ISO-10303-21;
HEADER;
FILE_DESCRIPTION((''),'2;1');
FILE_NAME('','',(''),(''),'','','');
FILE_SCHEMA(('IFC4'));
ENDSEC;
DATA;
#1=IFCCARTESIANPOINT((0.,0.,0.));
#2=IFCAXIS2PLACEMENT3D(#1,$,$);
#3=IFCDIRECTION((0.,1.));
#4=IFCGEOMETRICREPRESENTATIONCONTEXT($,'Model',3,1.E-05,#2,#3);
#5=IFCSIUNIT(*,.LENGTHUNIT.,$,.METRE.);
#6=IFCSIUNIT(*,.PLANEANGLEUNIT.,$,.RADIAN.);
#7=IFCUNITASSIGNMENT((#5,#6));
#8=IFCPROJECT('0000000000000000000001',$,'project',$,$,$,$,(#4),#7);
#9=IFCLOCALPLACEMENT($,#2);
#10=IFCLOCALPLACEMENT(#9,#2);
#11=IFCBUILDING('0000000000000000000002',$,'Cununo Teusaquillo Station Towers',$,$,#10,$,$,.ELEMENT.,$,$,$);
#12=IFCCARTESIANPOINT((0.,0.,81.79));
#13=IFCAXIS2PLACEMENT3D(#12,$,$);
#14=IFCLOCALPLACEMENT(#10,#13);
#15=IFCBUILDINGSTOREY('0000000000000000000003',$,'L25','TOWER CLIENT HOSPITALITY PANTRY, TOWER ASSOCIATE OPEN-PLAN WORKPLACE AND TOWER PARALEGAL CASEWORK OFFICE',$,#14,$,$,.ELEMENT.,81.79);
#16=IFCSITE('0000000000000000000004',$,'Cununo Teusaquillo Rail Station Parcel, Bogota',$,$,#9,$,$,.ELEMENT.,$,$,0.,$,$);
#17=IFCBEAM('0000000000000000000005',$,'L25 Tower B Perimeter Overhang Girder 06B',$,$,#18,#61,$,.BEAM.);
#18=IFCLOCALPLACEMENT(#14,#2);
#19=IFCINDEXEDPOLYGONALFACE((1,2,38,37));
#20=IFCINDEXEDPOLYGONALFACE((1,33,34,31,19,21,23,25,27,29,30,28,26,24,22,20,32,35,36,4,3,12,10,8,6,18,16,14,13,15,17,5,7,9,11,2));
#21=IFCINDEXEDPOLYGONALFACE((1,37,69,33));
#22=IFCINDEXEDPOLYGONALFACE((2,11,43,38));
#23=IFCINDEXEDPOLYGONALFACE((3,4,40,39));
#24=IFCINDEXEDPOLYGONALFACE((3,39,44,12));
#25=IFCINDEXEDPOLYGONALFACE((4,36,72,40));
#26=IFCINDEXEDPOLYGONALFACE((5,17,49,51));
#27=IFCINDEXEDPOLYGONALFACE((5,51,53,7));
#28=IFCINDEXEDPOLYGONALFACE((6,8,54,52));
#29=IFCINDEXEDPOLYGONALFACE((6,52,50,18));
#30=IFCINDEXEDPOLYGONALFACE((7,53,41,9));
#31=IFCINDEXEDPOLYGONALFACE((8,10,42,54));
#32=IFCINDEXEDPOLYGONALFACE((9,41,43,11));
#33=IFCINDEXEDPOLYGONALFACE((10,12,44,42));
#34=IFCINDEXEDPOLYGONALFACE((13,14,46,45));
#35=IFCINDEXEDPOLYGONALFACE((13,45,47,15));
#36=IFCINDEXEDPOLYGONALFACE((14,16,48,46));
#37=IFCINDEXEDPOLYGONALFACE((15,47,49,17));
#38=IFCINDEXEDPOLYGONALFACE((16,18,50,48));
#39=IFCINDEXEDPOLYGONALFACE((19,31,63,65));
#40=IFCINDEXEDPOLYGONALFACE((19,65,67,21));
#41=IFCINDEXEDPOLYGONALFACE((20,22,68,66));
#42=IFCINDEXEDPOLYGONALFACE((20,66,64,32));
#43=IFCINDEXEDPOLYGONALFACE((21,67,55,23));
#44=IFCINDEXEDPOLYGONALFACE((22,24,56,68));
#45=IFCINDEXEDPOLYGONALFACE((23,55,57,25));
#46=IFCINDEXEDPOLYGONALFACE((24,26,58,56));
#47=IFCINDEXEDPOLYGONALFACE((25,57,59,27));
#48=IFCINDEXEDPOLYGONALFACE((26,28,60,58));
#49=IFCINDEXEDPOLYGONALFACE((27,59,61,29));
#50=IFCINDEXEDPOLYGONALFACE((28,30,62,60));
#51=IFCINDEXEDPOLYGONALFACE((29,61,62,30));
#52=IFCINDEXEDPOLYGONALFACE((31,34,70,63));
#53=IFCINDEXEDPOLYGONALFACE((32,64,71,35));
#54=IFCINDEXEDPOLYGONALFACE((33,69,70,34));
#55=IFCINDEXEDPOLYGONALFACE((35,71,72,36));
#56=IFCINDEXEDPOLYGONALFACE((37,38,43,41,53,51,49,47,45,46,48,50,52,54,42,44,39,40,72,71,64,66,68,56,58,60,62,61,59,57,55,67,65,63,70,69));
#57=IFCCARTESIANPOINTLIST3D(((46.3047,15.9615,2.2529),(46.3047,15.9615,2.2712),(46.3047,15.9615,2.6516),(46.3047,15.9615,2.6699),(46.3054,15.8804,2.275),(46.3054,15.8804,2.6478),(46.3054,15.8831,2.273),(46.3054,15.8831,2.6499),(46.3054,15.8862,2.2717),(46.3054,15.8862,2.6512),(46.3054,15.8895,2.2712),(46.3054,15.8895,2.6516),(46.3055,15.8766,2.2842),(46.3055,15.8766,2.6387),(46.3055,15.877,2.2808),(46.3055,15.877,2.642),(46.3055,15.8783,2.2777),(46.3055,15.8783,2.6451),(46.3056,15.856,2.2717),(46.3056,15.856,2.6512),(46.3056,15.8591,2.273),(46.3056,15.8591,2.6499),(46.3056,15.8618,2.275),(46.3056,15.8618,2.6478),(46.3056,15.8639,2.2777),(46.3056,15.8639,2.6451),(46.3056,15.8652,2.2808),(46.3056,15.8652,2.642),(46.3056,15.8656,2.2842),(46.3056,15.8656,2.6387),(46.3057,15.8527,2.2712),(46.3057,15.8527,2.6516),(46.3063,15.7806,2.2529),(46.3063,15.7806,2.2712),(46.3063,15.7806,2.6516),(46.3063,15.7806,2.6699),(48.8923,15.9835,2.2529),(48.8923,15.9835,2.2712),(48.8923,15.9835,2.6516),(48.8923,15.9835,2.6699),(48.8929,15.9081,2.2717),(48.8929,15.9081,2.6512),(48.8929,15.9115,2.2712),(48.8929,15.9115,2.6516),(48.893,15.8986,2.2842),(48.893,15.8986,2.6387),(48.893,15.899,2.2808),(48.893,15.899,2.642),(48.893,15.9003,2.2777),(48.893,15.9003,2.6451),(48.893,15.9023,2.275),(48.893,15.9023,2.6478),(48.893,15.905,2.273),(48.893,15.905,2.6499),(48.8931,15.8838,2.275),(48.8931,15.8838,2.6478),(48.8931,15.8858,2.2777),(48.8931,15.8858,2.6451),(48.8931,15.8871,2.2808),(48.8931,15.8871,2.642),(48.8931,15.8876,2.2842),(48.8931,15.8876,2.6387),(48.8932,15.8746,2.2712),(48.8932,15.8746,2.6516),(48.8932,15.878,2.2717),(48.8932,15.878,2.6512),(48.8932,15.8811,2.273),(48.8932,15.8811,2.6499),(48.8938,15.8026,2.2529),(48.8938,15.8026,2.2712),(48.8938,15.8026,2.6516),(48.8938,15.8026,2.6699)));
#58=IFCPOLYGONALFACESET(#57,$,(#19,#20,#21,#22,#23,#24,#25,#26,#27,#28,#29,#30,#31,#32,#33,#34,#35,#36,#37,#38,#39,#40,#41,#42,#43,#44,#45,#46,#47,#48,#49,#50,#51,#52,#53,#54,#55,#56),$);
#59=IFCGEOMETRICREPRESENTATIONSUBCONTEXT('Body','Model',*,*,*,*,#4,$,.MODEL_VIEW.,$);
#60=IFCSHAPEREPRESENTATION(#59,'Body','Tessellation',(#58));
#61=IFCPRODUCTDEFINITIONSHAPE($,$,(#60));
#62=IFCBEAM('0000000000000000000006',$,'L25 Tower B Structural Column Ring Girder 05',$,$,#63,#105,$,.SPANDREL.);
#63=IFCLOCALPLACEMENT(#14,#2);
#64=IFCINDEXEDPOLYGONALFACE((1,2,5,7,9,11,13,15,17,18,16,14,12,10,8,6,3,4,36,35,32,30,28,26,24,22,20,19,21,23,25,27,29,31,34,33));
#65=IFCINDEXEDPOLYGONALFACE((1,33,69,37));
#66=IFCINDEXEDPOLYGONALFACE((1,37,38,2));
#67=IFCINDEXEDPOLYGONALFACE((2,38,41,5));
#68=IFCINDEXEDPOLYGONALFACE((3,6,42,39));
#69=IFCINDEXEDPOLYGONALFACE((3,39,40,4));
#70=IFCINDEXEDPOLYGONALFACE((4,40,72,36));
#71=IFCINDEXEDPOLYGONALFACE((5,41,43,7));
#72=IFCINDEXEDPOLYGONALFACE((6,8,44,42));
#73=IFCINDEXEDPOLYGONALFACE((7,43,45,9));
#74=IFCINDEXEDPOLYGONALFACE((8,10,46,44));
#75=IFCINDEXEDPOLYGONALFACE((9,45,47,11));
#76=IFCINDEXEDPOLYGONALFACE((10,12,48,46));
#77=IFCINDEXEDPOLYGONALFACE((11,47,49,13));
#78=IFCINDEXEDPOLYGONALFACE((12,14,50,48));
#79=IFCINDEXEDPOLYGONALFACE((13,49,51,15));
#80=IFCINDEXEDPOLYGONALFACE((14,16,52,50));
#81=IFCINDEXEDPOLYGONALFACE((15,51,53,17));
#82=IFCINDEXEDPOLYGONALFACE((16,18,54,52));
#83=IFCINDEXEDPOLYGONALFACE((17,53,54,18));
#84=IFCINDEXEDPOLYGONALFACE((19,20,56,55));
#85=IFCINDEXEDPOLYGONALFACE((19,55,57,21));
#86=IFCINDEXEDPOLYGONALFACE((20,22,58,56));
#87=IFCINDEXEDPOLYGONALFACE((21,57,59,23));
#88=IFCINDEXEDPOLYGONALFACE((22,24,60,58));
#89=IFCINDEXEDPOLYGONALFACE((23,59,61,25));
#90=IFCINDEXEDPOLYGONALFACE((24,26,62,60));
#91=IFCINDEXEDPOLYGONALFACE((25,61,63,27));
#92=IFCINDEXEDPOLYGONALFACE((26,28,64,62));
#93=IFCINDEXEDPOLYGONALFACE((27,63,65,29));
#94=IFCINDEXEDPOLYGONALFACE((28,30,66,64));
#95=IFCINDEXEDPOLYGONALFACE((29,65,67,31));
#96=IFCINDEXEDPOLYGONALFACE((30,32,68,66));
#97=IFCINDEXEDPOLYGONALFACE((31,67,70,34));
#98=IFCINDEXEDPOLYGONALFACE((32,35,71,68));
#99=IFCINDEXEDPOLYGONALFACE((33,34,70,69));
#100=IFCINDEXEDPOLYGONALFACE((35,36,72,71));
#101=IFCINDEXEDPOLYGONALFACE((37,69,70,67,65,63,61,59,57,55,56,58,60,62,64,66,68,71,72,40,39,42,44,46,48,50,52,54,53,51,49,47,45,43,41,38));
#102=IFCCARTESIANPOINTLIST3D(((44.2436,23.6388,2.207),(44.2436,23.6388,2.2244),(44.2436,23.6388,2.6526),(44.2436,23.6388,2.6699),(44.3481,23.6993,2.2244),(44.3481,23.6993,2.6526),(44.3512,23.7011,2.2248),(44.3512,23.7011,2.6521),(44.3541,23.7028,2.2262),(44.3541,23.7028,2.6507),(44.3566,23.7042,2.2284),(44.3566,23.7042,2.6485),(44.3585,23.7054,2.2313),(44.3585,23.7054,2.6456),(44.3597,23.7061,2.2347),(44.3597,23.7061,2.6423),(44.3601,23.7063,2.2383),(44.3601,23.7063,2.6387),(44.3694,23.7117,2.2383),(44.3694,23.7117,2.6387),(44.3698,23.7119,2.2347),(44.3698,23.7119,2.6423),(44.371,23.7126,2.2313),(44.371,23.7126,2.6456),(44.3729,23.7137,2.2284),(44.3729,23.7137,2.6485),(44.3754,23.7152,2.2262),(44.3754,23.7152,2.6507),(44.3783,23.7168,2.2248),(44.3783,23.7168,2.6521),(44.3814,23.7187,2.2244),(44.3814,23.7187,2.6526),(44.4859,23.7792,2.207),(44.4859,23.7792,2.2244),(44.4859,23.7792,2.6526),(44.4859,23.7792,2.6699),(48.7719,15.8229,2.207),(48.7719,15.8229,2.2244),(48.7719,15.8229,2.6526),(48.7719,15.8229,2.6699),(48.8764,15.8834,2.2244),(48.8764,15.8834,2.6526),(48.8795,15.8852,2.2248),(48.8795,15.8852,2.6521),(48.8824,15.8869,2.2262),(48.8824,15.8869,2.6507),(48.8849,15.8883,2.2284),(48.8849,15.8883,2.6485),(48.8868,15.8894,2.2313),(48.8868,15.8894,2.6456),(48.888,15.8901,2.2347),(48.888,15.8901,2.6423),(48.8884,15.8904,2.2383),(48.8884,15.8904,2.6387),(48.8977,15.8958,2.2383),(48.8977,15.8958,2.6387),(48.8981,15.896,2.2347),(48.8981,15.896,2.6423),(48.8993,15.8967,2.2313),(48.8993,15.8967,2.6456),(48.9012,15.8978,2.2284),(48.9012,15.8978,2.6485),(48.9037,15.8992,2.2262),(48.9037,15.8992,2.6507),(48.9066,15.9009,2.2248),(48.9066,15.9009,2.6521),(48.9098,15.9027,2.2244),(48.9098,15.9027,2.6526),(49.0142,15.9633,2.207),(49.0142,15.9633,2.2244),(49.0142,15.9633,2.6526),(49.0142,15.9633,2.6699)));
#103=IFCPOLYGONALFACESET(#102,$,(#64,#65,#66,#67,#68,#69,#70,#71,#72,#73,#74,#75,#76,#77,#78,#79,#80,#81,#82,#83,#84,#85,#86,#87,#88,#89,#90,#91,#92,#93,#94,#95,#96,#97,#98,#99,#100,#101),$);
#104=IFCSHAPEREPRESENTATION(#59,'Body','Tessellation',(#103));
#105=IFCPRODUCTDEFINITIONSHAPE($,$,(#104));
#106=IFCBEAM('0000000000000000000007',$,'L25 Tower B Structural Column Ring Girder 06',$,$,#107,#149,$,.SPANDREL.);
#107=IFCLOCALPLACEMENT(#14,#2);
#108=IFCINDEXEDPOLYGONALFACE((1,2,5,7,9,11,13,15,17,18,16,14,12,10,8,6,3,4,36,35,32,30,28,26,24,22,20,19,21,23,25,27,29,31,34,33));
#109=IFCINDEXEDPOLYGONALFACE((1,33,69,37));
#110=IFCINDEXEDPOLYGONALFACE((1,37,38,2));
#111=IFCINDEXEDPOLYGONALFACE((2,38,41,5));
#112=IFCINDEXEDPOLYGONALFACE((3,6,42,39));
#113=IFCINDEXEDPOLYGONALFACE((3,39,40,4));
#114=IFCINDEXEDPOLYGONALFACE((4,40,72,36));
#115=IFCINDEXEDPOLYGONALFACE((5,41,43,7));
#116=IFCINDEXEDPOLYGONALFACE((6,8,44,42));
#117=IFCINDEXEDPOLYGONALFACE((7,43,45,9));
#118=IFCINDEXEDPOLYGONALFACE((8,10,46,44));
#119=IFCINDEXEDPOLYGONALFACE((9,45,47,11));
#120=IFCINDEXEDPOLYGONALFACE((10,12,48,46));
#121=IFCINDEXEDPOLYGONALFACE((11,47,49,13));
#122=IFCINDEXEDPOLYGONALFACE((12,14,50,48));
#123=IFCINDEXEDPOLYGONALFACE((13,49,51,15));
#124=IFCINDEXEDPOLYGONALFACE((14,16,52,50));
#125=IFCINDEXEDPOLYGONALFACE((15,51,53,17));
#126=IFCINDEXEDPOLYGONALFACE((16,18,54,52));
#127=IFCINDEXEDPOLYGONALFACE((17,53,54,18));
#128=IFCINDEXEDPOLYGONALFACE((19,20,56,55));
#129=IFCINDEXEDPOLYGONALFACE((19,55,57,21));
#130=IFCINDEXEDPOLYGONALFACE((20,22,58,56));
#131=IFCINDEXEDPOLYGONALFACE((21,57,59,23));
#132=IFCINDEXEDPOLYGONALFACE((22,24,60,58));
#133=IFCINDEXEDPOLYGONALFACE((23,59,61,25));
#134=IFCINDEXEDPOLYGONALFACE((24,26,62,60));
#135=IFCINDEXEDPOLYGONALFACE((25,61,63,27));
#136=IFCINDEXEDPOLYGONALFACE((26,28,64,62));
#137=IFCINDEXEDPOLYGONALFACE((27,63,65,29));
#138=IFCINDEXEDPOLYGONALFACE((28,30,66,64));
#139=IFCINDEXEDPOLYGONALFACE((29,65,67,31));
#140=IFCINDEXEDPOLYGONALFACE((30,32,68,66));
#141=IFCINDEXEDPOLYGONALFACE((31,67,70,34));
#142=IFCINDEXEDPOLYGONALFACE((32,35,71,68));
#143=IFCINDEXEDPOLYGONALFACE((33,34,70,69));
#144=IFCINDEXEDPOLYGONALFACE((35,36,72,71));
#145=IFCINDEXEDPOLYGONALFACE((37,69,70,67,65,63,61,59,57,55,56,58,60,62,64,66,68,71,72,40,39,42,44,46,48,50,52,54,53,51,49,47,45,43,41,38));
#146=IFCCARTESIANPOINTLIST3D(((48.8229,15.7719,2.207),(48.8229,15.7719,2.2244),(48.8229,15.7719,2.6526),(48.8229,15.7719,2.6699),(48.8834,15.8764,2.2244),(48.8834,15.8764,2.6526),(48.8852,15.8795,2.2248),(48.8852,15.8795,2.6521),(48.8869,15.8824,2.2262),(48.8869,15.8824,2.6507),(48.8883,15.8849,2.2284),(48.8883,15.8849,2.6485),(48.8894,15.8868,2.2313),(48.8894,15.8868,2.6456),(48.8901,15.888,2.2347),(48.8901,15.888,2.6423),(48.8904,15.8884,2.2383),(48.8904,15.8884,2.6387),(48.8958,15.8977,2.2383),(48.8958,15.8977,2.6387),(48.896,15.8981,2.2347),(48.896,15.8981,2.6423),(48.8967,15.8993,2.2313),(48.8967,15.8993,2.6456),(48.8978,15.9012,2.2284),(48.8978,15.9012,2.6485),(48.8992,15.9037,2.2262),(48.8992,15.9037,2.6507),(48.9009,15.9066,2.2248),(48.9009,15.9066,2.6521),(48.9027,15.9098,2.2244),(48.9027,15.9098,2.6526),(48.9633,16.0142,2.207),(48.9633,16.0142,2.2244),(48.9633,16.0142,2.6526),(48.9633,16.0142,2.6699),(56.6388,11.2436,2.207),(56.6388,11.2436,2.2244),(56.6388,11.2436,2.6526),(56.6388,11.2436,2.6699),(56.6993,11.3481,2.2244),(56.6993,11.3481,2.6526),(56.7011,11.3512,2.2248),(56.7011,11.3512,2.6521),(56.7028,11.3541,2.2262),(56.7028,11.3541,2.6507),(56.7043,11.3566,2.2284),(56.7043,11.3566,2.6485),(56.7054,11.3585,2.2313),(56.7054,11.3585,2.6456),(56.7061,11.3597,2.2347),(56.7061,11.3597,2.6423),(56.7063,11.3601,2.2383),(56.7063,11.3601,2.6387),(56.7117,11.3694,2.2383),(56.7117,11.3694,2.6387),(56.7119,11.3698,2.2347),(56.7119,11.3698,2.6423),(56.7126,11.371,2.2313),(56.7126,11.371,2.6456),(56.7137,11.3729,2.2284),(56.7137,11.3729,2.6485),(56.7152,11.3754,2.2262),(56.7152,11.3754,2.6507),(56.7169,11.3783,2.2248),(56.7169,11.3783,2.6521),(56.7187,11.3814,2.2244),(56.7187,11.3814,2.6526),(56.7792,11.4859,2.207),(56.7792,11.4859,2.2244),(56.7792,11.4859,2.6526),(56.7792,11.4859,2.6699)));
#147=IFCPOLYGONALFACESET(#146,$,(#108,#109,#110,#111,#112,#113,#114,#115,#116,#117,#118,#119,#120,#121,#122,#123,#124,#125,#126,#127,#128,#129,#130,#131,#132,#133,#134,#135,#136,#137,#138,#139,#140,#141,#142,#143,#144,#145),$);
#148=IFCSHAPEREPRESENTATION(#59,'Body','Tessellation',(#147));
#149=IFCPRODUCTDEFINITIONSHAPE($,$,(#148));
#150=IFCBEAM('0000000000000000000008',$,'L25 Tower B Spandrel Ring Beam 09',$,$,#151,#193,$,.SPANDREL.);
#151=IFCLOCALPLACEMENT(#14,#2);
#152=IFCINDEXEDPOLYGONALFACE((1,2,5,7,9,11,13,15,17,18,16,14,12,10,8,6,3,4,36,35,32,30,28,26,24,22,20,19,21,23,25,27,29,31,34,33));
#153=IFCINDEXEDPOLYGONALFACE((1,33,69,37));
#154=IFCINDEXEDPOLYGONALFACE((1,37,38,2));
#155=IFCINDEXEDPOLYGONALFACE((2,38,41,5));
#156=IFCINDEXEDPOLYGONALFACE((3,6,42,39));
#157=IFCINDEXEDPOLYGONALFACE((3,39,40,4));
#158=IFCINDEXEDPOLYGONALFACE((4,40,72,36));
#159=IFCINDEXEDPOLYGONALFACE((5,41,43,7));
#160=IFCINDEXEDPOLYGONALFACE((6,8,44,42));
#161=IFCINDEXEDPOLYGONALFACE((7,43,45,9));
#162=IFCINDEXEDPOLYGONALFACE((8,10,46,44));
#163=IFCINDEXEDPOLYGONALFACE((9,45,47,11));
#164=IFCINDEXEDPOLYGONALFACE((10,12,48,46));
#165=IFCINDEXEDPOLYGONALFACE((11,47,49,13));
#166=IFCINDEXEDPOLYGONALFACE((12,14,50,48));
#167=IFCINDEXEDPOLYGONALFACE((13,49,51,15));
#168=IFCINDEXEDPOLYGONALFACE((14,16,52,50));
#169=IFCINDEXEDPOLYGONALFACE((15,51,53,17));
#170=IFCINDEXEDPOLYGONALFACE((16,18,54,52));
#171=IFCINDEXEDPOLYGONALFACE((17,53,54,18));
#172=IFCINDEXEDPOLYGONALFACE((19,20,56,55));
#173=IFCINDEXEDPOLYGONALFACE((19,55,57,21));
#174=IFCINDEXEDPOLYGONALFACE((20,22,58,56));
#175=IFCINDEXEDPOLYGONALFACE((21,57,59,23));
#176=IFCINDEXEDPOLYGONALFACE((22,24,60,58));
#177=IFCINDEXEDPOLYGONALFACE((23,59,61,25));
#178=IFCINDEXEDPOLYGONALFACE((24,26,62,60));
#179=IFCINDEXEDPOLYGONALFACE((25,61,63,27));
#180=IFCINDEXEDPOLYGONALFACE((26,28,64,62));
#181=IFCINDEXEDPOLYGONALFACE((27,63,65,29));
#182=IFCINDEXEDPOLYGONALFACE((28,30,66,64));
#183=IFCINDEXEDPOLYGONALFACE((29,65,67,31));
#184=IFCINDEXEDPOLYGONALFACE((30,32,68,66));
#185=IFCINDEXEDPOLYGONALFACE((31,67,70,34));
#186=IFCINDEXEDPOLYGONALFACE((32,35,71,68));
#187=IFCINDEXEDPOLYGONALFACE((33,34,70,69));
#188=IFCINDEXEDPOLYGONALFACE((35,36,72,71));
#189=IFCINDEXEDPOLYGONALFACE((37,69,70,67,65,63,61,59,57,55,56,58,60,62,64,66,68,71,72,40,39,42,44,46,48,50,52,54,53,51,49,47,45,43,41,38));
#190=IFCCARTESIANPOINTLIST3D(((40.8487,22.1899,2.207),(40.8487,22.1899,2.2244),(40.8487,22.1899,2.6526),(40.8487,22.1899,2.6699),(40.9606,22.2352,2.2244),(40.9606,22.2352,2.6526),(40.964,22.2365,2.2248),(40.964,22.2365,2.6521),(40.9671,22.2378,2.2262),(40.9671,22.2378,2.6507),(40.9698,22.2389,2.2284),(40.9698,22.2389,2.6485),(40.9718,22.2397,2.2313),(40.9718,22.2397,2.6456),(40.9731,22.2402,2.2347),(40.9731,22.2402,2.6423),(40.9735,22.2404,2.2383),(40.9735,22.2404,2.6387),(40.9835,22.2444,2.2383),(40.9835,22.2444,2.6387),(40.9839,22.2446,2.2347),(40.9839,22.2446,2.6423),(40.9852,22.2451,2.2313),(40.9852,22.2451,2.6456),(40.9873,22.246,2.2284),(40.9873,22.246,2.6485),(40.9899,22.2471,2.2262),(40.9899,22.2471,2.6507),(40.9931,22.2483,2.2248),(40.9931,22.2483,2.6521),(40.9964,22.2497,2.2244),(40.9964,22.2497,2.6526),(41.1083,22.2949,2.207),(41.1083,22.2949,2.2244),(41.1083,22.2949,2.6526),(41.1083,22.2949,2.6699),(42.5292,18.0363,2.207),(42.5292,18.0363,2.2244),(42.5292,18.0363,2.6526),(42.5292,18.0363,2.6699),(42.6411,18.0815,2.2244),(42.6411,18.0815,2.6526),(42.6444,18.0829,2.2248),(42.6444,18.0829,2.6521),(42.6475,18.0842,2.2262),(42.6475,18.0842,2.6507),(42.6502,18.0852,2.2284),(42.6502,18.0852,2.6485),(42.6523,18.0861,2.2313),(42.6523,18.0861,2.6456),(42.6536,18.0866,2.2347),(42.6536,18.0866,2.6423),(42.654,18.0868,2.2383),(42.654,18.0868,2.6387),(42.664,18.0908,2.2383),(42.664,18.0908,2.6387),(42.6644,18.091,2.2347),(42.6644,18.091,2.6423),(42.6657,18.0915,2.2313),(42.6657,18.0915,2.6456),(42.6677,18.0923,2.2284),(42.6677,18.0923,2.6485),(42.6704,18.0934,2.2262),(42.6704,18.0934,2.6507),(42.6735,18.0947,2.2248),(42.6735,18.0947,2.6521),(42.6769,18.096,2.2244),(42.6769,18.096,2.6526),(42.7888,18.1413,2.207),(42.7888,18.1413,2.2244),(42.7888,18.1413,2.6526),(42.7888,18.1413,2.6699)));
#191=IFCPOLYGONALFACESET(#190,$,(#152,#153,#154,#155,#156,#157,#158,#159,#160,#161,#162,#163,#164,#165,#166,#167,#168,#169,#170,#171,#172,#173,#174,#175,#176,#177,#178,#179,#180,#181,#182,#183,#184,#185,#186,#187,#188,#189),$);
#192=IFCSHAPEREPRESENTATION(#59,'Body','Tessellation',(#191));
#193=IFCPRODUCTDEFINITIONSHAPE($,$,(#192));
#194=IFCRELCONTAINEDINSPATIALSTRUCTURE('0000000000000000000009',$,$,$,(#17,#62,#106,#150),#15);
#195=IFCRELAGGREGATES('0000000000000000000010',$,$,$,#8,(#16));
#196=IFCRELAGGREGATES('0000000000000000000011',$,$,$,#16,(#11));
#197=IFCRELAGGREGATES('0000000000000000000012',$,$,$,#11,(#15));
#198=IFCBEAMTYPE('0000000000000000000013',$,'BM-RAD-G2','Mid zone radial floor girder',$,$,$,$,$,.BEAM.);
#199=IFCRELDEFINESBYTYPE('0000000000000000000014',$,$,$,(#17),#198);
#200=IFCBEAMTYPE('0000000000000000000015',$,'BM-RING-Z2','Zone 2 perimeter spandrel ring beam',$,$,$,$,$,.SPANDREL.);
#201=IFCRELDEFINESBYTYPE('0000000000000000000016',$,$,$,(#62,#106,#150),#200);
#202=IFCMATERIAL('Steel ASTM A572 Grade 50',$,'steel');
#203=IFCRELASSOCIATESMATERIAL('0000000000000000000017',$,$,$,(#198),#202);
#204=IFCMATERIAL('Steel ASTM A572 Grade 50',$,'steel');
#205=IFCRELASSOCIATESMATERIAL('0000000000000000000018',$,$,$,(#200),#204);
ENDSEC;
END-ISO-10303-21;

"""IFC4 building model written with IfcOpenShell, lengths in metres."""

from ifc_helpers import new_model, si_unit, direction, frame, origin, origin_2d, place, context, subcontext, project, spatial, i_section, extrude, material, material_profile, profile_set, type_object, element, save


model = new_model("IFC4")

# Units and contexts
model_context = context("Model", 3, precision=1e-05, world=origin(), true_north=direction((0.0, 1.0)))
body_context = subcontext(model_context, "Body", "Model", "MODEL_VIEW")
ifc_project = project(units=[si_unit("LENGTHUNIT", "METRE"), si_unit("PLANEANGLEUNIT", "RADIAN")], contexts=[model_context])

# Site, building, storey
site_placement = place(None, origin())
site = spatial("IfcSite", under=ifc_project, at=site_placement, Name="Cununo Teusaquillo Rail Station Parcel, Bogota", CompositionType="ELEMENT", RefElevation=0.0)
building_placement = place(site_placement, origin())
building = spatial("IfcBuilding", under=site, at=building_placement, Name="Cununo Teusaquillo Station Towers", CompositionType="ELEMENT")
storey_placement = place(building_placement, frame((0.0, 0.0, 81.79)))
storey = spatial("IfcBuildingStorey", under=building, at=storey_placement, Name="L25", Description="TOWER CLIENT HOSPITALITY PANTRY, TOWER ASSOCIATE OPEN-PLAN WORKPLACE AND TOWER PARALEGAL CASEWORK OFFICE", CompositionType="ELEMENT", Elevation=81.79)

# Beams
ifc_material_1 = material(Name="Steel ASTM A572 Grade 50", Category="steel")
ifc_material_profile_1 = material_profile(ifc_material_1, i_section(OverallWidth=0.1809, OverallDepth=0.417, WebThickness=0.011, FlangeThickness=0.0183, FilletRadius=0.0129, at=origin_2d()), Name="W16X57")
ifc_profile_set_1 = profile_set([ifc_material_profile_1], Name="Steel ASTM A572 Grade 50")
beam_type_1 = type_object("IfcBeamType", Name="BM-RAD-G2", Description="Mid zone radial floor girder", PredefinedType="BEAM", material=ifc_profile_set_1)
beam_1_placement = place(storey_placement, frame((48.8931, 15.8931, 2.4614), z_axis=(-0.999964, -0.008491, 0.0), x_axis=(0.008491, -0.999964, 0.0)))
element("IfcBeam", 1, at=beam_1_placement, inside=storey, type_object=beam_type_1, Name="L25 Tower B Perimeter Overhang Girder 06B", PredefinedType="BEAM", context=body_context, shape_type="SweptSolid", body=[
    extrude(i_section(OverallWidth=0.1809, OverallDepth=0.417, WebThickness=0.011, FlangeThickness=0.0183, FilletRadius=0.0129, at=origin_2d()), origin(), (0.0, 0.0, 1.0), 2.5876),
])
ifc_material_2 = material(Name="Steel ASTM A572 Grade 50", Category="steel")
ifc_material_profile_2 = material_profile(ifc_material_2, i_section(OverallWidth=0.28, OverallDepth=0.4629, WebThickness=0.0107, FlangeThickness=0.0173, FilletRadius=0.0139, at=origin_2d()), Name="W18X76")
ifc_profile_set_2 = profile_set([ifc_material_profile_2], Name="Steel ASTM A572 Grade 50")
beam_type_2 = type_object("IfcBeamType", Name="BM-RING-Z2", Description="Zone 2 perimeter spandrel ring beam", PredefinedType="SPANDREL", material=ifc_profile_set_2)
for number, where, z_axis, x_axis, name in (
    (2, (44.3647, 23.709, 2.4385), (0.501311, -0.865267, 0.0), (0.865267, 0.501311, 0.0), "L25 Tower B Structural Column Ring Girder 05"),
    (3, (48.8931, 15.8931, 2.4385), (0.865267, -0.501311, 0.0), (0.501311, 0.865267, 0.0), "L25 Tower B Structural Column Ring Girder 06"),
):
    element("IfcBeam", number, at=place(storey_placement, frame(where, z_axis=z_axis, x_axis=x_axis)), inside=storey, type_object=beam_type_2, Name=name, PredefinedType="SPANDREL", context=body_context, shape_type="SweptSolid", body=[
        extrude(i_section(OverallWidth=0.28, OverallDepth=0.4629, WebThickness=0.0107, FlangeThickness=0.0173, FilletRadius=0.0139, at=origin_2d()), origin(), (0.0, 0.0, 1.0), 9.033),
    ])
beam_2_placement = place(storey_placement, frame((40.9785, 22.2424, 2.4385), z_axis=(0.375042, -0.927008, 0.0), x_axis=(0.927008, 0.375042, 0.0)))
element("IfcBeam", 4, at=beam_2_placement, inside=storey, type_object=beam_type_2, Name="L25 Tower B Spandrel Ring Beam 09", PredefinedType="SPANDREL", context=body_context, shape_type="SweptSolid", body=[
    extrude(i_section(OverallWidth=0.28, OverallDepth=0.4629, WebThickness=0.0107, FlangeThickness=0.0173, FilletRadius=0.0139, at=origin_2d()), origin(), (0.0, 0.0, 1.0), 4.4807),
])

save(model, "model.ifc")
